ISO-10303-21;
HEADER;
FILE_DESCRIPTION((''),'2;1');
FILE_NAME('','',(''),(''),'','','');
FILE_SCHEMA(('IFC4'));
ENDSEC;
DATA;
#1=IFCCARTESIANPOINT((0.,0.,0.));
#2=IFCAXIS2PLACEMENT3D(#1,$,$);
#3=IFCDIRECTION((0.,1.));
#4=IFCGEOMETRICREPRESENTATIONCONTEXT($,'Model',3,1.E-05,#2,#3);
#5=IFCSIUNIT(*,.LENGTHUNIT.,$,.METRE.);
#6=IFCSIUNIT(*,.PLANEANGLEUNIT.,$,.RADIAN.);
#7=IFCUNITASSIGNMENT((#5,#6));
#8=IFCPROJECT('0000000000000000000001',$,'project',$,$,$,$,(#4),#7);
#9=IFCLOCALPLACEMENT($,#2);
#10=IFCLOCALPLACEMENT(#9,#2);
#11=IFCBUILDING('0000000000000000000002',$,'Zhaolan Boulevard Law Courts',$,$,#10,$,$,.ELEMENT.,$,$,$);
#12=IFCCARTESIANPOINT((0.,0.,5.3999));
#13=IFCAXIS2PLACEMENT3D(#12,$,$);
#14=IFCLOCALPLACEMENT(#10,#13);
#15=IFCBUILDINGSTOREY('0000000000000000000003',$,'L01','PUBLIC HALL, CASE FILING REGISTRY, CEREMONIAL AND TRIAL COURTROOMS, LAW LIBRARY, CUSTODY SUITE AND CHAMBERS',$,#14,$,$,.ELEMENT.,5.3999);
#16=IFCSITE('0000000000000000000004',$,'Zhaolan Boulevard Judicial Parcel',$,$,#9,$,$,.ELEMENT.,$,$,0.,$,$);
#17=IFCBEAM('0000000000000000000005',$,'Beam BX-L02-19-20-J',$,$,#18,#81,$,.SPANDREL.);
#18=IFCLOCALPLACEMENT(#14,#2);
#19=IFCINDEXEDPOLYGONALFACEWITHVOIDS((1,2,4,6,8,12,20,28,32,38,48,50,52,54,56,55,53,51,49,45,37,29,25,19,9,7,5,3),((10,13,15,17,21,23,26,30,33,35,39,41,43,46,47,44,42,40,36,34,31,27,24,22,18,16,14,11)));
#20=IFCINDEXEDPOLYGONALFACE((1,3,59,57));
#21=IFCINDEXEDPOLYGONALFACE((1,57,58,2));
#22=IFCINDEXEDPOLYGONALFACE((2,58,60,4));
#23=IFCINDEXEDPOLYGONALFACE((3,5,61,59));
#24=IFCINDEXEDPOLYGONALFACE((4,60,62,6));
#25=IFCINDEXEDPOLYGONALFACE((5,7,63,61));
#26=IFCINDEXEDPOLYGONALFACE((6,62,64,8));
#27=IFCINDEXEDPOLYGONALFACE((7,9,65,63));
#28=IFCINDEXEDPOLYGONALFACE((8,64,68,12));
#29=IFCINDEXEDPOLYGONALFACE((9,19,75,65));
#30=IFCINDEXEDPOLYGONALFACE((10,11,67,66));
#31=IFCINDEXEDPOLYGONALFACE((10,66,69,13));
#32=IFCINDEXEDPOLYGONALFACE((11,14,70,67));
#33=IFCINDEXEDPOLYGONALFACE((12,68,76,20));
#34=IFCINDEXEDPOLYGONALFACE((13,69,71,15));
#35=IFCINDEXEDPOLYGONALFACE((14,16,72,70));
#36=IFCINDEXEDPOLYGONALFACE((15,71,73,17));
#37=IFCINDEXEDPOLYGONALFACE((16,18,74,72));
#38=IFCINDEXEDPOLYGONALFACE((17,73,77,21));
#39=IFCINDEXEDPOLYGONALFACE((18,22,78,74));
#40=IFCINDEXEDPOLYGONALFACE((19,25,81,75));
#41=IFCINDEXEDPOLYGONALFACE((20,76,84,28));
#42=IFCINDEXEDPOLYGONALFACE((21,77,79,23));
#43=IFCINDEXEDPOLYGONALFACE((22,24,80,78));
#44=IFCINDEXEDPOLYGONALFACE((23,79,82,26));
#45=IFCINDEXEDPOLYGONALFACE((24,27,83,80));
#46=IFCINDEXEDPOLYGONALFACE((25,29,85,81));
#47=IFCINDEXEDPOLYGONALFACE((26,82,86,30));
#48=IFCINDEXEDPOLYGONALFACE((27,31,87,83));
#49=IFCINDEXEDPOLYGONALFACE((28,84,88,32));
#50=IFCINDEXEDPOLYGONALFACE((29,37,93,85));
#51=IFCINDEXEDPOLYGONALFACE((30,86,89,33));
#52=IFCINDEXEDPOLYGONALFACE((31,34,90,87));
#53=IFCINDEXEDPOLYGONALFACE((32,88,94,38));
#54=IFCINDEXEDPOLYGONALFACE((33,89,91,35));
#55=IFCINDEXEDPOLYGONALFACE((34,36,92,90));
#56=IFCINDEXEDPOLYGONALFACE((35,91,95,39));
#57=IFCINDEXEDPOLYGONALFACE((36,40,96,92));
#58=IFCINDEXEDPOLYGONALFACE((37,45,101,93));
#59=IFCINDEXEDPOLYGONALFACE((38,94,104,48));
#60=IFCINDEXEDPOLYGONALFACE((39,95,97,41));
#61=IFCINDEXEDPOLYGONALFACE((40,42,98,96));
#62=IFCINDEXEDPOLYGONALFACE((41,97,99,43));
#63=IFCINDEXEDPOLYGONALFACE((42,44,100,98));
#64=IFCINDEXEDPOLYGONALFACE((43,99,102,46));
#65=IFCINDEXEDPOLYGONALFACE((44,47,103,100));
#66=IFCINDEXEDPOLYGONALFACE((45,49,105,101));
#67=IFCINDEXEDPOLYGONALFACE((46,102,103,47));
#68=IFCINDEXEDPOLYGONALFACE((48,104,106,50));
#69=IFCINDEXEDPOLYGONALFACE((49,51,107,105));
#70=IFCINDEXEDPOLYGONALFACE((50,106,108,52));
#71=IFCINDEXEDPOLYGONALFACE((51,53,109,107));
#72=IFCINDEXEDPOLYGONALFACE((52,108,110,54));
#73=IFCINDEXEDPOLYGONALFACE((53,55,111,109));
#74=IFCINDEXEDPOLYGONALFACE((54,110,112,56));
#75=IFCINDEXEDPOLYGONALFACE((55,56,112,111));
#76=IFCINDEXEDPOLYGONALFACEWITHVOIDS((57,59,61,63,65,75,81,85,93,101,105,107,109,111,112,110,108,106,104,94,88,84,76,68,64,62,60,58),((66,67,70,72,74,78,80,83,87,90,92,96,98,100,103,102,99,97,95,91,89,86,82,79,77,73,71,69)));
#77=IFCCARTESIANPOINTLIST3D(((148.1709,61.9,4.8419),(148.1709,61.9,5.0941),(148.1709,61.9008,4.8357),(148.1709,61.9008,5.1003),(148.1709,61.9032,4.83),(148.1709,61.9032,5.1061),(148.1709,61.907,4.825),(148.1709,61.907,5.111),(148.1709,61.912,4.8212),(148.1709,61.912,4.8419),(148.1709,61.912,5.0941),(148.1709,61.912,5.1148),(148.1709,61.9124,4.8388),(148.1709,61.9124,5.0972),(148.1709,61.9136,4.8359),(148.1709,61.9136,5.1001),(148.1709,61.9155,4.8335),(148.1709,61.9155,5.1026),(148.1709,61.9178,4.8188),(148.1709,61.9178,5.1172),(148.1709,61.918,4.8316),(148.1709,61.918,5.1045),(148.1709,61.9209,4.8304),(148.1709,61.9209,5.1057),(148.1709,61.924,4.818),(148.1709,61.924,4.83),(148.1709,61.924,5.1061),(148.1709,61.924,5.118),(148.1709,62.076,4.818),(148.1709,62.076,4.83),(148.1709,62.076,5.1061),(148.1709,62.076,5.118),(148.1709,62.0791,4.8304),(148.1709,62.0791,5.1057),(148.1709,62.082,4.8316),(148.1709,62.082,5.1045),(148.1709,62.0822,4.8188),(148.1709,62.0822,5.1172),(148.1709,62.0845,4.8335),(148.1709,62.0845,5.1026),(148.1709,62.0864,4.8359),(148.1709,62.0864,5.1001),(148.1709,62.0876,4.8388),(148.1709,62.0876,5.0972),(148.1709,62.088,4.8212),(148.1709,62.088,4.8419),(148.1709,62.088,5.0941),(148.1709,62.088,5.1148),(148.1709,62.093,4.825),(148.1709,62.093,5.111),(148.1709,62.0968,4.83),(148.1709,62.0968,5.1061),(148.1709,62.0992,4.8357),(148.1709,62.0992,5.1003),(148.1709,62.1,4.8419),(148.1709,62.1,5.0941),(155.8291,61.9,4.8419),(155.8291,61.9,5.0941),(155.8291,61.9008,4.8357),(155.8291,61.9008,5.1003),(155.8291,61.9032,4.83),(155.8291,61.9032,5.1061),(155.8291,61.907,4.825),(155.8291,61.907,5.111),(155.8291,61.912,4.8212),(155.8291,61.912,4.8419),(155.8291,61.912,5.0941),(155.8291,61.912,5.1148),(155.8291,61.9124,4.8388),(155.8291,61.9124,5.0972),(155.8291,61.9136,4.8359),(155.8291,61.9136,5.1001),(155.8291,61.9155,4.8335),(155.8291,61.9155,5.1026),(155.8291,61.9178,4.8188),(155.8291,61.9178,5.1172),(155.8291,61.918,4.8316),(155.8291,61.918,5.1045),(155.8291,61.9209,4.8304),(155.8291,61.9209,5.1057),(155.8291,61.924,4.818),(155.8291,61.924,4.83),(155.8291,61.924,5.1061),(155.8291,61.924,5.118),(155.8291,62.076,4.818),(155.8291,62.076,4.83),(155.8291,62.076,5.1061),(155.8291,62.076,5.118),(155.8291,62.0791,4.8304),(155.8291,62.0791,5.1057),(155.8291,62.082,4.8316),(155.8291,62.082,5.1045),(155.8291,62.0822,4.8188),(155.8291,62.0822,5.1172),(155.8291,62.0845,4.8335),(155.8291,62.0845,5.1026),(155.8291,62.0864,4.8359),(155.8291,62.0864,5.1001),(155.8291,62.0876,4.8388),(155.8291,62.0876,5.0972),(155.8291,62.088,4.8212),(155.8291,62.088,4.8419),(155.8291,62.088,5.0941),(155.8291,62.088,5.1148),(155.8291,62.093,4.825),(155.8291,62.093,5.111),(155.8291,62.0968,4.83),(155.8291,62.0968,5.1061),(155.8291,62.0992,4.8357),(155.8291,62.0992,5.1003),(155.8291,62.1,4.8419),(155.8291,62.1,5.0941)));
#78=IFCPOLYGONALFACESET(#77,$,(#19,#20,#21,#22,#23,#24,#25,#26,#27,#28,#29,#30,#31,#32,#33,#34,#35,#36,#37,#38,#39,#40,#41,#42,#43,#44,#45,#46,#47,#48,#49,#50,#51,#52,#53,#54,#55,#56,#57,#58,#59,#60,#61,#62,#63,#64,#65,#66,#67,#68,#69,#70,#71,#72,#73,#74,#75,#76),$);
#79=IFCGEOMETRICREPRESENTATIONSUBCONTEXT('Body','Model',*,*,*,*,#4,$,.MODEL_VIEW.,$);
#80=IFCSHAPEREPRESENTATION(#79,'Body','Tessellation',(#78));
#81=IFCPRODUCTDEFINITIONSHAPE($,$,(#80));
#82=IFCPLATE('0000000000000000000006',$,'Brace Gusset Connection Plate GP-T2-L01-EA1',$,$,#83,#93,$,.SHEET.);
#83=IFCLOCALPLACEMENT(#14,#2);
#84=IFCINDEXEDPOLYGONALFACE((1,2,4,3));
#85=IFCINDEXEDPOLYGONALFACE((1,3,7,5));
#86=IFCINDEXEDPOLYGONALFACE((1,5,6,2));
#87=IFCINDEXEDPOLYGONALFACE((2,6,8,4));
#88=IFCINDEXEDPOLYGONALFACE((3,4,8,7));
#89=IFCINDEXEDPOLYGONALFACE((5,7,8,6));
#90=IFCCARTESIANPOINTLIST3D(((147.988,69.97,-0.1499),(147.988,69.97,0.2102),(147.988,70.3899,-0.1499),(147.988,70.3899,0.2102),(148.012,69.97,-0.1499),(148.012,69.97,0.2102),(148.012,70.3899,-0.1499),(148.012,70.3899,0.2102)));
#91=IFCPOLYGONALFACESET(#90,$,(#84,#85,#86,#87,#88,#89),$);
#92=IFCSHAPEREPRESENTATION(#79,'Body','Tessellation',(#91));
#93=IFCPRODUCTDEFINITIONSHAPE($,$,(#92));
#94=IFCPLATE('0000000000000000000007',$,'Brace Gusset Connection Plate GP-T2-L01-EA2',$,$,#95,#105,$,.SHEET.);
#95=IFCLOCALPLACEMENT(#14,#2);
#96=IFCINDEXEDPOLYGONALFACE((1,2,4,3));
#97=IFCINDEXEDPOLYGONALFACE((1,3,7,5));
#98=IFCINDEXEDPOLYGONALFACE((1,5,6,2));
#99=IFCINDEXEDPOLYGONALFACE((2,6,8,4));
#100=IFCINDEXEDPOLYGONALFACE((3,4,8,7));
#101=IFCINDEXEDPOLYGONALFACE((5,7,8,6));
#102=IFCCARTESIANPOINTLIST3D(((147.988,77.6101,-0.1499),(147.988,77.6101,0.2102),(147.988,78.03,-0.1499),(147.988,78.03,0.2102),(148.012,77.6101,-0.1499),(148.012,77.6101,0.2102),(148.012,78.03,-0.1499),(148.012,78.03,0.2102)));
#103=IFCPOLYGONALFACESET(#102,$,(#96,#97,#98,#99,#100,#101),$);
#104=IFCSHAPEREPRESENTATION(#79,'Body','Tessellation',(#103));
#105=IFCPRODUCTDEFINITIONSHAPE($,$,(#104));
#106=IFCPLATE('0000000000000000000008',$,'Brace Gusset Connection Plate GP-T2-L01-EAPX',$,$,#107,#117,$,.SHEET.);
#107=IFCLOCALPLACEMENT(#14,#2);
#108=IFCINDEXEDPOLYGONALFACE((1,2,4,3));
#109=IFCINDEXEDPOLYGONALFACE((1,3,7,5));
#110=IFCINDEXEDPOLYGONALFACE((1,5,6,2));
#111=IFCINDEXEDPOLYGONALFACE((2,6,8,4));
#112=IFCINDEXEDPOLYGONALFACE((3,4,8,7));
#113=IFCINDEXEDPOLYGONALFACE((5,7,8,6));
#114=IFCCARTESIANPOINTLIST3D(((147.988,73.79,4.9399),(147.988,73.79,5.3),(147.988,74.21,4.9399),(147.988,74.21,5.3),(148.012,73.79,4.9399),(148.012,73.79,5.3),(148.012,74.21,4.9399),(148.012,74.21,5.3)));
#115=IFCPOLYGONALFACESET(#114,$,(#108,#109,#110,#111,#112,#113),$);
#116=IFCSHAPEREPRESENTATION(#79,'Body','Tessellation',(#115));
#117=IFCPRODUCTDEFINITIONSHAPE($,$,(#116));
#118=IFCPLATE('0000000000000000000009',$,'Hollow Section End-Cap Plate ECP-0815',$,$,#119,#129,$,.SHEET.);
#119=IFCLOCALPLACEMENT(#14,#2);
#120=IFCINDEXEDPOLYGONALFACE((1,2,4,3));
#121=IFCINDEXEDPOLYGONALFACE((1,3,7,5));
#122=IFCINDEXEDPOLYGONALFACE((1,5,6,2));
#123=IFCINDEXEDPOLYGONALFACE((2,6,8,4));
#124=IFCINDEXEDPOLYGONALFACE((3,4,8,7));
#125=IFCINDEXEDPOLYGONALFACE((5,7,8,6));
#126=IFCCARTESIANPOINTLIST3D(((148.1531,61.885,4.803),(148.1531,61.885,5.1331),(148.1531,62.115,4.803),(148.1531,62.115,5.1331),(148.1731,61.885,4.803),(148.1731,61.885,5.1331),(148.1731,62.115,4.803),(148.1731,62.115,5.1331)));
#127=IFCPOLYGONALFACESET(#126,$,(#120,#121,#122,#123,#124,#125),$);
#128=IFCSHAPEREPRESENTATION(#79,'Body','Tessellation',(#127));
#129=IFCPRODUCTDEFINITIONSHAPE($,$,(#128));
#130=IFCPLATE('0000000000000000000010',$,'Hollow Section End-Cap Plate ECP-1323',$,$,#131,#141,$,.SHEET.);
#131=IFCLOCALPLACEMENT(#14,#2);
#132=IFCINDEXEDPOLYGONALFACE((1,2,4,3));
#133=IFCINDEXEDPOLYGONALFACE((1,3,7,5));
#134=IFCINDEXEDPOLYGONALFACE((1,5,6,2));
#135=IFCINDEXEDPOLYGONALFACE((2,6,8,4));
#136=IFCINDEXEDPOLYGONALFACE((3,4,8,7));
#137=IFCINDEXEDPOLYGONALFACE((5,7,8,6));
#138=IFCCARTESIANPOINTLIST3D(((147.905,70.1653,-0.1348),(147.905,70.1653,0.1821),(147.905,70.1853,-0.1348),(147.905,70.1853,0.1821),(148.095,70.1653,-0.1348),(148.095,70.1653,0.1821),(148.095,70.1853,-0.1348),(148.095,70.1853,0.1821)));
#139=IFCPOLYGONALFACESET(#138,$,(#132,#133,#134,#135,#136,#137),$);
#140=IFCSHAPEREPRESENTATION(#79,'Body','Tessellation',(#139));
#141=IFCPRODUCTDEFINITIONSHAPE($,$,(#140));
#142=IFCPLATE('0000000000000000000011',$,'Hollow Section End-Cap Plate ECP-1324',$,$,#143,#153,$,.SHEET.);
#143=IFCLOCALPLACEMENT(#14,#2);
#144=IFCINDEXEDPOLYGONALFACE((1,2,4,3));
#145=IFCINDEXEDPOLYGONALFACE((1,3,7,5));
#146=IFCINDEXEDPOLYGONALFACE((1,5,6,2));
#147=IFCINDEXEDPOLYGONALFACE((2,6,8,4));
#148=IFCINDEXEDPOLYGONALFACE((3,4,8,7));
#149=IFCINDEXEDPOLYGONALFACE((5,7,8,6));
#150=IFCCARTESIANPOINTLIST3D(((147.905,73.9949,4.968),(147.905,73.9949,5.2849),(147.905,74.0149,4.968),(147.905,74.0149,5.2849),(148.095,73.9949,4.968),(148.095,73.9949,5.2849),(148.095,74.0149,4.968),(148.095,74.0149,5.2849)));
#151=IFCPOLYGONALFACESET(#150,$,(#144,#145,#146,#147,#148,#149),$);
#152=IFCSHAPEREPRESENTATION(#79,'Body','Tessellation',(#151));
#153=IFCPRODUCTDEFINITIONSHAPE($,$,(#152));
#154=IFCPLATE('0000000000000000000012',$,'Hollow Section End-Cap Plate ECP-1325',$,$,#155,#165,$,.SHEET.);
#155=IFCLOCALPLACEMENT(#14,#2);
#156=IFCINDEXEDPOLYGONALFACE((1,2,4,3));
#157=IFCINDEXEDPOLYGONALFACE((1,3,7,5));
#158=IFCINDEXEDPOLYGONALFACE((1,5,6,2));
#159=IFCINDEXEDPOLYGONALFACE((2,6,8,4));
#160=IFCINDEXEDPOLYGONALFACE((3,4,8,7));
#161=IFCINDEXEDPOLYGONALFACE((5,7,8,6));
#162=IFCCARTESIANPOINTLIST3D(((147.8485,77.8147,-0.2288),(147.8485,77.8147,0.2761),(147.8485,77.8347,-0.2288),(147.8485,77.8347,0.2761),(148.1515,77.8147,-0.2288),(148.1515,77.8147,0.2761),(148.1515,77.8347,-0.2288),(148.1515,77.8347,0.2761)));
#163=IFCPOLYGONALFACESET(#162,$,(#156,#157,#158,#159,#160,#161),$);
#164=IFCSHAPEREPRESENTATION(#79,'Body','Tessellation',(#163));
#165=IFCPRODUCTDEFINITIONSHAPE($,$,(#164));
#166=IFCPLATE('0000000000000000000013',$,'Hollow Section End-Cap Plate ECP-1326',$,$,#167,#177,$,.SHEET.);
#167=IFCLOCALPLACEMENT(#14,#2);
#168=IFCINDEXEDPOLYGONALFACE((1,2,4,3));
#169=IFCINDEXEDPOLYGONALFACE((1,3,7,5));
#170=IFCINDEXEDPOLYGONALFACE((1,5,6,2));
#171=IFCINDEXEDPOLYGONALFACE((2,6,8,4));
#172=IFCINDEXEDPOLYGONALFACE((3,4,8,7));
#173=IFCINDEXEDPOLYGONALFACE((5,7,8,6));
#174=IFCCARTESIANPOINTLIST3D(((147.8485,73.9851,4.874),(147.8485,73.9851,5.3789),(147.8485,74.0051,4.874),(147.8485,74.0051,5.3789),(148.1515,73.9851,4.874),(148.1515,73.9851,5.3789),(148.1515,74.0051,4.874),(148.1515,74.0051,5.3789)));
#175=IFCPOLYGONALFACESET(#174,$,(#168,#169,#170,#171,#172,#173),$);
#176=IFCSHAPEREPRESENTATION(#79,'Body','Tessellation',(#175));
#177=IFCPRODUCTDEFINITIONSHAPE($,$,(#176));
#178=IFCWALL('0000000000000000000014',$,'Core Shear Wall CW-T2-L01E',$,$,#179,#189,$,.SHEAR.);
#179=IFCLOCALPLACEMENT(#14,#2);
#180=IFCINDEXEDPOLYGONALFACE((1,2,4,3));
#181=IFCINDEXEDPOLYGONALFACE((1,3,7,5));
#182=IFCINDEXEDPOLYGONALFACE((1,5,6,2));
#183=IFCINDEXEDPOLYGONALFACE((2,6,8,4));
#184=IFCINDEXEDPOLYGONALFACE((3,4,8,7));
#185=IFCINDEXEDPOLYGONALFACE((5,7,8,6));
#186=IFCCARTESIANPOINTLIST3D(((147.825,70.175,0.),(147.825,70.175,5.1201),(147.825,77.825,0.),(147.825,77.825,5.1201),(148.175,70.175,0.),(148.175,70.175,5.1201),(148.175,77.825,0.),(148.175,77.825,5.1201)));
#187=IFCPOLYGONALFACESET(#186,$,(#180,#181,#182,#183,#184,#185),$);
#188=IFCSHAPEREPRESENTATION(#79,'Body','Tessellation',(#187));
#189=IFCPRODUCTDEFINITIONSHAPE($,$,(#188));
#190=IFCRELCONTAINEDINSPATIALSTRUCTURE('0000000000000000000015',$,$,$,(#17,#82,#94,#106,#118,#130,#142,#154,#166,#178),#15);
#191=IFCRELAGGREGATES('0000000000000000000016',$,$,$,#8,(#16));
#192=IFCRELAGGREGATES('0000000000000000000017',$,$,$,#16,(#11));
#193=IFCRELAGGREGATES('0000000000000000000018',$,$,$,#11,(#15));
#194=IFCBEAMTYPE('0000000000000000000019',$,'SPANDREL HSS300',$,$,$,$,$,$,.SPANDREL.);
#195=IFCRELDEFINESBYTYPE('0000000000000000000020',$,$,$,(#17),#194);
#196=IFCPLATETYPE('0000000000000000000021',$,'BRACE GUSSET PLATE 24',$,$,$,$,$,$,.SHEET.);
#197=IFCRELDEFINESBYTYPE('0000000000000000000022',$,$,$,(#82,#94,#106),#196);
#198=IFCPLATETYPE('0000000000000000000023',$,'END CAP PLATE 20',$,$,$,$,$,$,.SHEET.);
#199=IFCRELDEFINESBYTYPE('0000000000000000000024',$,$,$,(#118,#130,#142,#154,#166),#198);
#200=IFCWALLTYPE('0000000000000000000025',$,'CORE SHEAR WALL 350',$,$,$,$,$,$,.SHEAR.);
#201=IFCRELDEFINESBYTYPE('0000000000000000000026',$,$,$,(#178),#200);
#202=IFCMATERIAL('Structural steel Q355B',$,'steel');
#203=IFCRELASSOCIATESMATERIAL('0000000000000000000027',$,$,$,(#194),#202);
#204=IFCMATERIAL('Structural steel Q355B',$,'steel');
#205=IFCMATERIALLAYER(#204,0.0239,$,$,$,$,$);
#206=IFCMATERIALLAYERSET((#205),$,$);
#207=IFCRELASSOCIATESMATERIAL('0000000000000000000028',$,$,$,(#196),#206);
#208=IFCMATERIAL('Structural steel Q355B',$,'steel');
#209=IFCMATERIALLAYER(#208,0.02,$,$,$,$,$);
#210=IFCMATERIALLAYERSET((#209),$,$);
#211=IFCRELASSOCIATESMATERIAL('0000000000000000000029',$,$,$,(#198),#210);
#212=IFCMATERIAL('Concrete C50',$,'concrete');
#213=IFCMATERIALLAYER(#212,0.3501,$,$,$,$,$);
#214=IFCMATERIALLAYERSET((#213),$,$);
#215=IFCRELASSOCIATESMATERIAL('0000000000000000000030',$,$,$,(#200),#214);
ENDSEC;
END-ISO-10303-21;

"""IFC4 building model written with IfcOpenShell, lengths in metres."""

from ifc_helpers import new_model, si_unit, direction, frame, frame_2d, origin, origin_2d, place, context, subcontext, project, spatial, rectangle, hollow_rectangle, extrude, material, layer, layer_set, material_profile, profile_set, type_object, element, save


model = new_model("IFC4")

# Units and contexts
model_context = context("Model", 3, precision=1e-05, world=origin(), true_north=direction((0.0, 1.0)))
body_context = subcontext(model_context, "Body", "Model", "MODEL_VIEW")
ifc_project = project(units=[si_unit("LENGTHUNIT", "METRE"), si_unit("PLANEANGLEUNIT", "RADIAN")], contexts=[model_context])

# Site, building, storey
site_placement = place(None, origin())
site = spatial("IfcSite", under=ifc_project, at=site_placement, Name="Zhaolan Boulevard Judicial Parcel", CompositionType="ELEMENT", RefElevation=0.0)
building_placement = place(site_placement, origin())
building = spatial("IfcBuilding", under=site, at=building_placement, Name="Zhaolan Boulevard Law Courts", CompositionType="ELEMENT")
storey_placement = place(building_placement, frame((0.0, 0.0, 5.3999)))
storey = spatial("IfcBuildingStorey", under=building, at=storey_placement, Name="L01", Description="PUBLIC HALL, CASE FILING REGISTRY, CEREMONIAL AND TRIAL COURTROOMS, LAW LIBRARY, CUSTODY SUITE AND CHAMBERS", CompositionType="ELEMENT", Elevation=5.3999)

# Beam
ifc_material_1 = material(Name="Structural steel Q355B", Category="steel")
ifc_material_profile_1 = material_profile(ifc_material_1, hollow_rectangle(XDim=0.2, YDim=0.3, WallThickness=0.012, InnerFilletRadius=0.012, OuterFilletRadius=0.0239, at=origin_2d()), Name="HSS300x200x12")
ifc_profile_set_1 = profile_set([ifc_material_profile_1], Name="Structural steel Q355B")
beam_type_1 = type_object("IfcBeamType", Name="SPANDREL HSS300", PredefinedType="SPANDREL", material=ifc_profile_set_1)
beam_1_placement = place(storey_placement, frame((148.1709, 62.0, 4.968), z_axis=(1.0, 0.0, 0.0), x_axis=(0.0, 1.0, 0.0)))
element("IfcBeam", 1, at=beam_1_placement, inside=storey, type_object=beam_type_1, Name="Beam BX-L02-19-20-J", PredefinedType="SPANDREL", context=body_context, shape_type="SweptSolid", body=[
    extrude(hollow_rectangle(XDim=0.2, YDim=0.3, WallThickness=0.012, InnerFilletRadius=0.012, OuterFilletRadius=0.0239, at=origin_2d()), origin(), (0.0, 0.0, 1.0), 7.6582),
])

# Plates
ifc_material_2 = material(Name="Structural steel Q355B", Category="steel")
ifc_layer_1 = layer(ifc_material_2, 0.0239)
ifc_layer_set_1 = layer_set([ifc_layer_1])
plate_type_1 = type_object("IfcPlateType", Name="BRACE GUSSET PLATE 24", PredefinedType="SHEET", material=ifc_layer_set_1)
for number, where, z_axis, x_axis, name in (
    (2, (148.0, 70.1799, -0.1499), (0.0, 0.0, 1.0), (0.0, 1.0, 0.0), "Brace Gusset Connection Plate GP-T2-L01-EA1"),
    (3, (148.0, 77.8201, -0.1499), (0.0, 0.0, 1.0), (0.0, 1.0, 0.0), "Brace Gusset Connection Plate GP-T2-L01-EA2"),
    (4, (148.0, 74.0, 4.9399), (0.0, 0.0, 1.0), (0.0, 1.0, 0.0), "Brace Gusset Connection Plate GP-T2-L01-EAPX"),
):
    element("IfcPlate", number, at=place(storey_placement, frame(where, z_axis=z_axis, x_axis=x_axis)), inside=storey, type_object=plate_type_1, Name=name, PredefinedType="SHEET", context=body_context, shape_type="SweptSolid", body=[
        extrude(rectangle(XDim=0.4199, YDim=0.0239, at=origin_2d()), origin(), (0.0, 0.0, 1.0), 0.3601),
    ])
ifc_material_3 = material(Name="Structural steel Q355B", Category="steel")
ifc_layer_2 = layer(ifc_material_3, 0.02)
ifc_layer_set_2 = layer_set([ifc_layer_2])
plate_type_2 = type_object("IfcPlateType", Name="END CAP PLATE 20", PredefinedType="SHEET", material=ifc_layer_set_2)
plate_placement = place(storey_placement, frame((148.1631, 62.0, 4.803), z_axis=(0.0, 0.0, 1.0), x_axis=(1.0, 0.0, 0.0)))
element("IfcPlate", 5, at=plate_placement, inside=storey, type_object=plate_type_2, Name="Hollow Section End-Cap Plate ECP-0815", PredefinedType="SHEET", context=body_context, shape_type="SweptSolid", body=[
    extrude(rectangle(XDim=0.02, YDim=0.23, at=origin_2d()), origin(), (0.0, 0.0, 1.0), 0.3301),
])
for number, where, z_axis, x_axis, name in (
    (6, (148.0, 70.1753, -0.1348), (0.0, 0.0, 1.0), (0.0, 1.0, 0.0), "Hollow Section End-Cap Plate ECP-1323"),
    (7, (148.0, 74.0049, 4.968), (0.0, 0.0, 1.0), (0.0, 1.0, 0.0), "Hollow Section End-Cap Plate ECP-1324"),
):
    element("IfcPlate", number, at=place(storey_placement, frame(where, z_axis=z_axis, x_axis=x_axis)), inside=storey, type_object=plate_type_2, Name=name, PredefinedType="SHEET", context=body_context, shape_type="SweptSolid", body=[
        extrude(rectangle(XDim=0.02, YDim=0.1899, at=origin_2d()), origin(), (0.0, 0.0, 1.0), 0.3169),
    ])
for number, where, z_axis, x_axis, name in (
    (8, (148.0, 77.8247, -0.2288), (0.0, 0.0, 1.0), (0.0, -1.0, 0.0), "Hollow Section End-Cap Plate ECP-1325"),
    (9, (148.0, 73.9951, 4.874), (0.0, 0.0, 1.0), (0.0, -1.0, 0.0), "Hollow Section End-Cap Plate ECP-1326"),
):
    element("IfcPlate", number, at=place(storey_placement, frame(where, z_axis=z_axis, x_axis=x_axis)), inside=storey, type_object=plate_type_2, Name=name, PredefinedType="SHEET", context=body_context, shape_type="SweptSolid", body=[
        extrude(rectangle(XDim=0.02, YDim=0.303, at=origin_2d()), origin(), (0.0, 0.0, 1.0), 0.5049),
    ])

# Wall
ifc_material_4 = material(Name="Concrete C50", Category="concrete")
ifc_layer_3 = layer(ifc_material_4, 0.3501)
ifc_layer_set_3 = layer_set([ifc_layer_3])
wall_type_1 = type_object("IfcWallType", Name="CORE SHEAR WALL 350", PredefinedType="SHEAR", material=ifc_layer_set_3)
wall_1_placement = place(storey_placement, frame((148.0, 70.175, 0.0), z_axis=(0.0, 0.0, 1.0), x_axis=(0.0, 1.0, 0.0)))
element("IfcWall", 10, at=wall_1_placement, inside=storey, type_object=wall_type_1, Name="Core Shear Wall CW-T2-L01E", PredefinedType="SHEAR", context=body_context, shape_type="SweptSolid", body=[
    extrude(rectangle(XDim=7.6499, YDim=0.3501, at=frame_2d((3.825, 0.0))), origin(), (0.0, 0.0, 1.0), 5.1201),
])

save(model, "model.ifc")
